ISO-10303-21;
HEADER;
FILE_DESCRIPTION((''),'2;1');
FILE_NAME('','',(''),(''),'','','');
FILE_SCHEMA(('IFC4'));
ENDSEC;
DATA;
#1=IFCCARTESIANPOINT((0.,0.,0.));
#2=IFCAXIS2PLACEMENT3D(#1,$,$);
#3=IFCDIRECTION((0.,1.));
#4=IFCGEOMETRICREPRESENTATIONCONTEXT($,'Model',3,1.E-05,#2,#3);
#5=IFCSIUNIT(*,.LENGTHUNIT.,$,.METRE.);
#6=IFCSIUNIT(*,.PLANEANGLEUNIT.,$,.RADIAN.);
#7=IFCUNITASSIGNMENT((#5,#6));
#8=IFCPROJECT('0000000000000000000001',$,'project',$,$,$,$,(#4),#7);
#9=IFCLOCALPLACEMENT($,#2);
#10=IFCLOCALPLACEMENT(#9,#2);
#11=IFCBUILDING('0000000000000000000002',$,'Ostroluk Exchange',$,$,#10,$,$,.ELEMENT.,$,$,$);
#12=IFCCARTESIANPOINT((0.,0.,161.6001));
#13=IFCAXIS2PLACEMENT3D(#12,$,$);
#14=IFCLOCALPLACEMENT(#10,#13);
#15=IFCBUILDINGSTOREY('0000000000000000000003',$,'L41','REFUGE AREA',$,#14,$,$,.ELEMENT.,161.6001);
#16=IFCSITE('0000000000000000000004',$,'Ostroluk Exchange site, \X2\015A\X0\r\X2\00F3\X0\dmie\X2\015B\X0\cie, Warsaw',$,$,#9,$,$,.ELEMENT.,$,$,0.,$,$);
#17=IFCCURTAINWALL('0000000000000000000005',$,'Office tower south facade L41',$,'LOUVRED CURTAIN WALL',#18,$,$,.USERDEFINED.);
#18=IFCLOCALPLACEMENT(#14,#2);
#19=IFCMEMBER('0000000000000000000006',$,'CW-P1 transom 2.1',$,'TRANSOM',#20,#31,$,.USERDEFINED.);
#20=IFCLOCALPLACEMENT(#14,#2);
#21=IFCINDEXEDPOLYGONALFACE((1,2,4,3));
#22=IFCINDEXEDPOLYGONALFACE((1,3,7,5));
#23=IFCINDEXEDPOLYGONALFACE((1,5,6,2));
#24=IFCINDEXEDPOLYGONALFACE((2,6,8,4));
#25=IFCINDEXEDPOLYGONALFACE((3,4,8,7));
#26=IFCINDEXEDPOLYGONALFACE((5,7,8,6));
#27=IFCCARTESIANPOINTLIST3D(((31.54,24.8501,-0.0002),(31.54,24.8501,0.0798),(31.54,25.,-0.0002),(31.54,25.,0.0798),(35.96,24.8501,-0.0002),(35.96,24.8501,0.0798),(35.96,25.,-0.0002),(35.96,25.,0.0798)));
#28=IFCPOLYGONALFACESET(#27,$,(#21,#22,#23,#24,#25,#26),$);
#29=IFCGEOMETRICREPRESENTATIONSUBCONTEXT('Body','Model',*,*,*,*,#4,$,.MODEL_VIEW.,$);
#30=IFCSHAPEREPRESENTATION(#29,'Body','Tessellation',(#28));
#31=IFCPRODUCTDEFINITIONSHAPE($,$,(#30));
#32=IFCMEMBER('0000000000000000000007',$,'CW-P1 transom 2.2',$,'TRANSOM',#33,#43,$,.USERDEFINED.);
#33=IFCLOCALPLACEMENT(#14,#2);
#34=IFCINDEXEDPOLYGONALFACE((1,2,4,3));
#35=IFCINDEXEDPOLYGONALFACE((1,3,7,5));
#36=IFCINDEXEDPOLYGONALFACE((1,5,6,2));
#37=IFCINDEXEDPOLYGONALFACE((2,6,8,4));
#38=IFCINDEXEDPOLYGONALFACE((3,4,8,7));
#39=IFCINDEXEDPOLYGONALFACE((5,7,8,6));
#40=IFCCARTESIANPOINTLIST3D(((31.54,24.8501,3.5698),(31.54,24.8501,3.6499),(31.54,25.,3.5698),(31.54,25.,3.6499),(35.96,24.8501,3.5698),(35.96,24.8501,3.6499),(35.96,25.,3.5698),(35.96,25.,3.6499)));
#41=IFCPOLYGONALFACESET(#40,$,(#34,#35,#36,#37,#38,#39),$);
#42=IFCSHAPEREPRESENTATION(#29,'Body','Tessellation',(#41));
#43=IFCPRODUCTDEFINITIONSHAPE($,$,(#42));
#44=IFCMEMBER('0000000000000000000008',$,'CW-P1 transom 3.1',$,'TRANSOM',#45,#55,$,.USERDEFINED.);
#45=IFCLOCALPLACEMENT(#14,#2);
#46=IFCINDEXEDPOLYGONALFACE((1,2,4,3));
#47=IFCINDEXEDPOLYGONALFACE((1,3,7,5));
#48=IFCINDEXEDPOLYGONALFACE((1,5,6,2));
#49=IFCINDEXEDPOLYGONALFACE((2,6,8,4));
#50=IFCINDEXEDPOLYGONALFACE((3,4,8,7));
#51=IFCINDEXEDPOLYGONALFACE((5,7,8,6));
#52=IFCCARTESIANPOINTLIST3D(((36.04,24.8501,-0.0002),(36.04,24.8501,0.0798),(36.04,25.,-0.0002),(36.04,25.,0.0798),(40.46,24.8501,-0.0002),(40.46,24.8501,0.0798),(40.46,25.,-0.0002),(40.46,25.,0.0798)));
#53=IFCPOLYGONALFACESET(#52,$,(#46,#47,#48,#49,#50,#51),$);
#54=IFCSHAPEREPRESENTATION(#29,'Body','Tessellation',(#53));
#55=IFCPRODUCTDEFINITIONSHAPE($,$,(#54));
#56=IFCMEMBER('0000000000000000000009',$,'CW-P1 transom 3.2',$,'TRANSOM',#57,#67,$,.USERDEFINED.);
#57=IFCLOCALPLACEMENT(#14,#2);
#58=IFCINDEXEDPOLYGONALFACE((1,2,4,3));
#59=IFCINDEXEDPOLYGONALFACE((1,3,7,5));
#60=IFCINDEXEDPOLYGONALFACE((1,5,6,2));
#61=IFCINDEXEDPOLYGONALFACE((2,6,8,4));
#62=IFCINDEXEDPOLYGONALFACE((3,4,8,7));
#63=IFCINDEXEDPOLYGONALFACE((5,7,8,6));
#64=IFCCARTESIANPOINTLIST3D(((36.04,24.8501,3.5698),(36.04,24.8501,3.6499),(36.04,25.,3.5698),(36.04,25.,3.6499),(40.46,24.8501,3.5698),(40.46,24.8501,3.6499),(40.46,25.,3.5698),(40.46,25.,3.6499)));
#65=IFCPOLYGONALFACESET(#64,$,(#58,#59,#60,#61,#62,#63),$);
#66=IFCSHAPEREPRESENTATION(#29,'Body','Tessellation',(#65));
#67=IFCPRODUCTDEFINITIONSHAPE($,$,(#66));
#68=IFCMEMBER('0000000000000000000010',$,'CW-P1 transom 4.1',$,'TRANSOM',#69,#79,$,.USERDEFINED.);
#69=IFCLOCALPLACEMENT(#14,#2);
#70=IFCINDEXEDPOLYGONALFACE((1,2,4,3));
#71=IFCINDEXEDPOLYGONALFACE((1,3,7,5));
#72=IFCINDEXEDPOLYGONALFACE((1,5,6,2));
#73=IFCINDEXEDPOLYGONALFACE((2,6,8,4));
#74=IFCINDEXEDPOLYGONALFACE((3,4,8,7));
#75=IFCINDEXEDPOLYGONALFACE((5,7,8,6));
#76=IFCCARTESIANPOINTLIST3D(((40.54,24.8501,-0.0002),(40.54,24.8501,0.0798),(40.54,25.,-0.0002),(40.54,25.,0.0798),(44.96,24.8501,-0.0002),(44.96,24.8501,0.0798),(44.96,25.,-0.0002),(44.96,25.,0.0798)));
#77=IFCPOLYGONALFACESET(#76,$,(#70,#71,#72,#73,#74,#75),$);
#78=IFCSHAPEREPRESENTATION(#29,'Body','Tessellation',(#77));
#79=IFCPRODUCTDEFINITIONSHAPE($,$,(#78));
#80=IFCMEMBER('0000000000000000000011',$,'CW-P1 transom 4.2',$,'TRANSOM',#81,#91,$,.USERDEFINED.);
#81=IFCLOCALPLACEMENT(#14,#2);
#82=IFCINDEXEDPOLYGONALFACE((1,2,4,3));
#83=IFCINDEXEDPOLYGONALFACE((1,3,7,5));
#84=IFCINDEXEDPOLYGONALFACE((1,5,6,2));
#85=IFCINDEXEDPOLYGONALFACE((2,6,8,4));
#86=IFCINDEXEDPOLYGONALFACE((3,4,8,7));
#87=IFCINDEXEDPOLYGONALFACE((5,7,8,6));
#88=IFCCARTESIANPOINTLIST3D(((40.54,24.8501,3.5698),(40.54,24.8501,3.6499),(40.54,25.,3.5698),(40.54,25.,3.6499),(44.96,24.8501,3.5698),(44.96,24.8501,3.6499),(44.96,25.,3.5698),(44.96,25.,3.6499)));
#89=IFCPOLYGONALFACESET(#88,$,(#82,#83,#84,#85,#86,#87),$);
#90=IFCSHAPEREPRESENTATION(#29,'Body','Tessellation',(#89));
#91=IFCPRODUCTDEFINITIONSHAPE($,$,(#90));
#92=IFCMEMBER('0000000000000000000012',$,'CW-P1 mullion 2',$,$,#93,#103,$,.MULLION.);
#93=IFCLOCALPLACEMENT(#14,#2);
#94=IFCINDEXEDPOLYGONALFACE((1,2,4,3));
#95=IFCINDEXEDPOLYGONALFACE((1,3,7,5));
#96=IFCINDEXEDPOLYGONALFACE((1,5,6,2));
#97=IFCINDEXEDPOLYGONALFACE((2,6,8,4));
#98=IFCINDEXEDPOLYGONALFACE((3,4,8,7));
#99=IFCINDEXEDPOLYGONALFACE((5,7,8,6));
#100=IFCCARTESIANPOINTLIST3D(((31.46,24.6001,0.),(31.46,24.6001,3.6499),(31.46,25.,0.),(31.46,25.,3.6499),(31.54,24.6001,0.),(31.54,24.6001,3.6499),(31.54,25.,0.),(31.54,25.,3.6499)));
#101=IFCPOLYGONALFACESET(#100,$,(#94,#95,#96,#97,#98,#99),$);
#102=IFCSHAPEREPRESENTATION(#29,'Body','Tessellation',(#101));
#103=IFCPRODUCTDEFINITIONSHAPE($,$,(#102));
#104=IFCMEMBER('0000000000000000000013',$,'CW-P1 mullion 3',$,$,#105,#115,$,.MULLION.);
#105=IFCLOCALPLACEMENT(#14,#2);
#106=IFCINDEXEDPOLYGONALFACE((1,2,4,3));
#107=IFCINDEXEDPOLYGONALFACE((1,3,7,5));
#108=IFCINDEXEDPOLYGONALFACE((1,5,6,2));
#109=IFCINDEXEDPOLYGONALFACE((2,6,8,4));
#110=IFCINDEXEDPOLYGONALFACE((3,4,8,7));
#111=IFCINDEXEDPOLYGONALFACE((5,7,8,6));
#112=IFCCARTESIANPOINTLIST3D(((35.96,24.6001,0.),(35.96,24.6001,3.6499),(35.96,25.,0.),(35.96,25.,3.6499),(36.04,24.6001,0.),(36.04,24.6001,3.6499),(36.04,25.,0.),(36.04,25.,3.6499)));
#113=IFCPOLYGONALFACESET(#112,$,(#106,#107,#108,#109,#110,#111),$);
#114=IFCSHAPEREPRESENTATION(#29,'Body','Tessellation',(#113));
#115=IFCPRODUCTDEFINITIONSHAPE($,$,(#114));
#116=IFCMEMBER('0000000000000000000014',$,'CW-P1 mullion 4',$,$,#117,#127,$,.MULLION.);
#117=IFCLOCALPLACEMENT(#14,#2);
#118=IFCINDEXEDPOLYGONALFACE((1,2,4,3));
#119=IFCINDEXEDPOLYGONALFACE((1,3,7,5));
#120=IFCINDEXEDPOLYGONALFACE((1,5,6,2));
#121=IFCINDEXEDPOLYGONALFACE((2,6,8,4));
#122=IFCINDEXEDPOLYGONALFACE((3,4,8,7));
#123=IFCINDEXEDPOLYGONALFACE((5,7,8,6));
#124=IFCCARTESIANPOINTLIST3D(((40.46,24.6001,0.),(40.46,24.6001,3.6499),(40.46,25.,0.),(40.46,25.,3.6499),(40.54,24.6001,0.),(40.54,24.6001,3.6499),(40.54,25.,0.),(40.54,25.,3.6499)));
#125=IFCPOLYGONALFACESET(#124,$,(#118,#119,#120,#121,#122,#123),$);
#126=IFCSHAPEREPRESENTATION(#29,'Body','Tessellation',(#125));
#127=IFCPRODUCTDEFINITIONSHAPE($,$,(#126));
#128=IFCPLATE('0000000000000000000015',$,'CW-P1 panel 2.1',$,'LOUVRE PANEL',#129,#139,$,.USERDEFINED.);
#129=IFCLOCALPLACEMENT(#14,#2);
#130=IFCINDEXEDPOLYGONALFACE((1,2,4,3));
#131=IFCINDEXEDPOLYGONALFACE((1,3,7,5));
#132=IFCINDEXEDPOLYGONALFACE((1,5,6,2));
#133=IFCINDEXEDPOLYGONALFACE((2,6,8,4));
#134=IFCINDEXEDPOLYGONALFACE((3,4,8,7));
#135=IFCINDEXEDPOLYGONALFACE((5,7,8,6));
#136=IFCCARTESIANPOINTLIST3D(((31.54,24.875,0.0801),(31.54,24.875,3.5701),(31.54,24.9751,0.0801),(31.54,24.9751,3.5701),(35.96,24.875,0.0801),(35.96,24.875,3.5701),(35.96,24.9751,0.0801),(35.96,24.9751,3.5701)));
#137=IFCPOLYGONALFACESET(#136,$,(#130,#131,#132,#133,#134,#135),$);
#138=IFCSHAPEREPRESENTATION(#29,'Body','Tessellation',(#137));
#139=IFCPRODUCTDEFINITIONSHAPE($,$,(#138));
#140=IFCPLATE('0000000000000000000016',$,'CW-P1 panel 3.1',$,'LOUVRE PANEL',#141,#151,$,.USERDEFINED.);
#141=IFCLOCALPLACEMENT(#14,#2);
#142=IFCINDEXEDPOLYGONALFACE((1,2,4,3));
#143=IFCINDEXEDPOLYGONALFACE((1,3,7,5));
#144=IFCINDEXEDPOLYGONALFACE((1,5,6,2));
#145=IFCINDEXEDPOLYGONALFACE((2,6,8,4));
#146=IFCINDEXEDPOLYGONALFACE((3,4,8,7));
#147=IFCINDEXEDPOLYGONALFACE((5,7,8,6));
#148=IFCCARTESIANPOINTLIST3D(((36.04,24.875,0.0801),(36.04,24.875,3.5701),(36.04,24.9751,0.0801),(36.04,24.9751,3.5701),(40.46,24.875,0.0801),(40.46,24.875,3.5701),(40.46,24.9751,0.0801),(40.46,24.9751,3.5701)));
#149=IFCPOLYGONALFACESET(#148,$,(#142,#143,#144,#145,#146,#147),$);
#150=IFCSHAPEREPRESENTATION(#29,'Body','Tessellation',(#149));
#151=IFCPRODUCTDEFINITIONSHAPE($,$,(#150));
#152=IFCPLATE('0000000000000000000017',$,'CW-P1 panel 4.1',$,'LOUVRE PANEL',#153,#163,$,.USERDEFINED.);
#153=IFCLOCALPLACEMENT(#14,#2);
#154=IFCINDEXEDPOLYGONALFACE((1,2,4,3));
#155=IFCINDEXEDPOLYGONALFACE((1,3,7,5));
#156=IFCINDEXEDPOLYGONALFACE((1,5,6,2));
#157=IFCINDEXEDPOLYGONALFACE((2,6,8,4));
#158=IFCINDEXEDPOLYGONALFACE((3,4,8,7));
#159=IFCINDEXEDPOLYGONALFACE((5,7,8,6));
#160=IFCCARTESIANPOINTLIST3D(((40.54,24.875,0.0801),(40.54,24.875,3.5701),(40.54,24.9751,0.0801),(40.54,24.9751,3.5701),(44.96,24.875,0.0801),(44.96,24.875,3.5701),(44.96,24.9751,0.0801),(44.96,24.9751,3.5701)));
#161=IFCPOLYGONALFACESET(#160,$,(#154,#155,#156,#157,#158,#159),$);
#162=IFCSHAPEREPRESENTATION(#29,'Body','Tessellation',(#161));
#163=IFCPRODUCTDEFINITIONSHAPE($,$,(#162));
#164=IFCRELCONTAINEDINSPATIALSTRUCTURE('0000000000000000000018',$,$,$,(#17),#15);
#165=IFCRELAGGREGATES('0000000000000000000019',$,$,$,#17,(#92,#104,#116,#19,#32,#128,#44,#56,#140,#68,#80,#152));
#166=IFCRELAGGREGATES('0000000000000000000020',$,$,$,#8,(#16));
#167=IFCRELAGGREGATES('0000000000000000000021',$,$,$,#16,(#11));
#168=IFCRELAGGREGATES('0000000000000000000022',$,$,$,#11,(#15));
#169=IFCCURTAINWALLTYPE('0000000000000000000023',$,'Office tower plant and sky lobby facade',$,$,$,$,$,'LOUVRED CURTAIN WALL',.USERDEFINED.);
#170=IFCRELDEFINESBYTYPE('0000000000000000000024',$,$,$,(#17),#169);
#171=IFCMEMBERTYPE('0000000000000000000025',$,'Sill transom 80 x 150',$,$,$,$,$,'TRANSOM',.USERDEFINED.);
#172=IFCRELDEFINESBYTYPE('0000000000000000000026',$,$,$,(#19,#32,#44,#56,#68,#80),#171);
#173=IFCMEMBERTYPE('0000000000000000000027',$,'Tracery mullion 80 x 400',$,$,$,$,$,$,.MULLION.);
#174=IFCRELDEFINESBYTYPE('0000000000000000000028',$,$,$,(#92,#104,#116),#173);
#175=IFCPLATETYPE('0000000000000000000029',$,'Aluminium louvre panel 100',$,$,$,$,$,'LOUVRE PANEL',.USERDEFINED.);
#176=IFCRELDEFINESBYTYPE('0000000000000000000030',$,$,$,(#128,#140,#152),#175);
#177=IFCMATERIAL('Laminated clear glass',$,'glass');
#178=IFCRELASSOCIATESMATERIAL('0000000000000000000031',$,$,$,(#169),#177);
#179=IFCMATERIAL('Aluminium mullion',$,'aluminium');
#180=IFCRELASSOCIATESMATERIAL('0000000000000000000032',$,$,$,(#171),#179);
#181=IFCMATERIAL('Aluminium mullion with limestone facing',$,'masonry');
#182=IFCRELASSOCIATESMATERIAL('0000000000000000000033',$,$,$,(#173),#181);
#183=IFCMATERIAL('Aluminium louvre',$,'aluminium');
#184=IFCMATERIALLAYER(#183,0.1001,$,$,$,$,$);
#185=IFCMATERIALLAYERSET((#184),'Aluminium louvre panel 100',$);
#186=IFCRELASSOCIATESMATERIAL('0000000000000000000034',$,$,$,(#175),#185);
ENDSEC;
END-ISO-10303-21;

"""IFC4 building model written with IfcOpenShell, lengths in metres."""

from ifc_helpers import new_model, si_unit, direction, frame, origin, origin_2d, place, context, subcontext, project, spatial, rectangle, extrude, material, layer, layer_set, material_profile, profile_set, type_object, element, aggregate, save


model = new_model("IFC4")

# Units and contexts
model_context = context("Model", 3, precision=1e-05, world=origin(), true_north=direction((0.0, 1.0)))
body_context = subcontext(model_context, "Body", "Model", "MODEL_VIEW")
ifc_project = project(units=[si_unit("LENGTHUNIT", "METRE"), si_unit("PLANEANGLEUNIT", "RADIAN")], contexts=[model_context])

# Site, building, storey
site_placement = place(None, origin())
site = spatial("IfcSite", under=ifc_project, at=site_placement, Name="Ostroluk Exchange site, Śródmieście, Warsaw", CompositionType="ELEMENT", RefElevation=0.0)
building_placement = place(site_placement, origin())
building = spatial("IfcBuilding", under=site, at=building_placement, Name="Ostroluk Exchange", CompositionType="ELEMENT")
storey_placement = place(building_placement, frame((0.0, 0.0, 161.6001)))
storey = spatial("IfcBuildingStorey", under=building, at=storey_placement, Name="L41", Description="REFUGE AREA", CompositionType="ELEMENT", Elevation=161.6001)

# Curtain wall, members, plates
ifc_material_1 = material(Name="Laminated clear glass", Category="glass")
curtain_wall_type = type_object("IfcCurtainWallType", Name="Office tower plant and sky lobby facade", ElementType="LOUVRED CURTAIN WALL", PredefinedType="USERDEFINED", material=ifc_material_1)
curtain_wall_placement = place(storey_placement, origin())
curtain_wall = element("IfcCurtainWall", 1, at=curtain_wall_placement, inside=storey, type_object=curtain_wall_type, Name="Office tower south facade L41", ObjectType="LOUVRED CURTAIN WALL", PredefinedType="USERDEFINED")
ifc_material_2 = material(Name="Aluminium mullion", Category="aluminium")
ifc_material_profile_1 = material_profile(ifc_material_2, rectangle(XDim=0.1499, YDim=0.0801, at=origin_2d()), Name="Sill transom 80 x 150")
ifc_profile_set_1 = profile_set([ifc_material_profile_1], Name="Aluminium mullion")
member_type_1 = type_object("IfcMemberType", Name="Sill transom 80 x 150", ElementType="TRANSOM", PredefinedType="USERDEFINED", material=ifc_profile_set_1)
member_1_placement = place(storey_placement, frame((31.54, 24.925, 0.0398), z_axis=(1.0, 0.0, 0.0), x_axis=(0.0, 1.0, 0.0)))
member_1 = element("IfcMember", 2, at=member_1_placement, type_object=member_type_1, Name="CW-P1 transom 2.1", ObjectType="TRANSOM", PredefinedType="USERDEFINED", context=body_context, shape_type="SweptSolid", body=[
    extrude(rectangle(XDim=0.1499, YDim=0.0801, at=origin_2d()), origin(), (0.0, 0.0, 1.0), 4.4199),
])
member_2_placement = place(storey_placement, frame((31.54, 24.925, 3.6099), z_axis=(1.0, 0.0, 0.0), x_axis=(0.0, 1.0, 0.0)))
member_2 = element("IfcMember", 3, at=member_2_placement, type_object=member_type_1, Name="CW-P1 transom 2.2", ObjectType="TRANSOM", PredefinedType="USERDEFINED", context=body_context, shape_type="SweptSolid", body=[
    extrude(rectangle(XDim=0.1499, YDim=0.0801, at=origin_2d()), origin(), (0.0, 0.0, 1.0), 4.4199),
])
member_3_placement = place(storey_placement, frame((36.04, 24.925, 0.0398), z_axis=(1.0, 0.0, 0.0), x_axis=(0.0, 1.0, 0.0)))
member_3 = element("IfcMember", 4, at=member_3_placement, type_object=member_type_1, Name="CW-P1 transom 3.1", ObjectType="TRANSOM", PredefinedType="USERDEFINED", context=body_context, shape_type="SweptSolid", body=[
    extrude(rectangle(XDim=0.1499, YDim=0.0801, at=origin_2d()), origin(), (0.0, 0.0, 1.0), 4.4199),
])
member_4_placement = place(storey_placement, frame((36.04, 24.925, 3.6099), z_axis=(1.0, 0.0, 0.0), x_axis=(0.0, 1.0, 0.0)))
member_4 = element("IfcMember", 5, at=member_4_placement, type_object=member_type_1, Name="CW-P1 transom 3.2", ObjectType="TRANSOM", PredefinedType="USERDEFINED", context=body_context, shape_type="SweptSolid", body=[
    extrude(rectangle(XDim=0.1499, YDim=0.0801, at=origin_2d()), origin(), (0.0, 0.0, 1.0), 4.4199),
])
member_5_placement = place(storey_placement, frame((40.54, 24.925, 0.0398), z_axis=(1.0, 0.0, 0.0), x_axis=(0.0, 1.0, 0.0)))
member_5 = element("IfcMember", 6, at=member_5_placement, type_object=member_type_1, Name="CW-P1 transom 4.1", ObjectType="TRANSOM", PredefinedType="USERDEFINED", context=body_context, shape_type="SweptSolid", body=[
    extrude(rectangle(XDim=0.1499, YDim=0.0801, at=origin_2d()), origin(), (0.0, 0.0, 1.0), 4.4199),
])
member_6_placement = place(storey_placement, frame((40.54, 24.925, 3.6099), z_axis=(1.0, 0.0, 0.0), x_axis=(0.0, 1.0, 0.0)))
member_6 = element("IfcMember", 7, at=member_6_placement, type_object=member_type_1, Name="CW-P1 transom 4.2", ObjectType="TRANSOM", PredefinedType="USERDEFINED", context=body_context, shape_type="SweptSolid", body=[
    extrude(rectangle(XDim=0.1499, YDim=0.0801, at=origin_2d()), origin(), (0.0, 0.0, 1.0), 4.4199),
])
ifc_material_3 = material(Name="Aluminium mullion with limestone facing", Category="masonry")
ifc_material_profile_2 = material_profile(ifc_material_3, rectangle(XDim=0.3999, YDim=0.0801, at=origin_2d()), Name="Tracery mullion 80 x 400")
ifc_profile_set_2 = profile_set([ifc_material_profile_2], Name="Aluminium mullion with limestone facing")
member_type_2 = type_object("IfcMemberType", Name="Tracery mullion 80 x 400", PredefinedType="MULLION", material=ifc_profile_set_2)
member_7_placement = place(storey_placement, frame((31.5, 24.8, 0.0), z_axis=(0.0, 0.0, 1.0), x_axis=(0.0, 1.0, 0.0)))
member_7 = element("IfcMember", 8, at=member_7_placement, type_object=member_type_2, Name="CW-P1 mullion 2", PredefinedType="MULLION", context=body_context, shape_type="SweptSolid", body=[
    extrude(rectangle(XDim=0.3999, YDim=0.0801, at=origin_2d()), origin(), (0.0, 0.0, 1.0), 3.6499),
])
member_8_placement = place(storey_placement, frame((36.0, 24.8, 0.0), z_axis=(0.0, 0.0, 1.0), x_axis=(0.0, 1.0, 0.0)))
member_8 = element("IfcMember", 9, at=member_8_placement, type_object=member_type_2, Name="CW-P1 mullion 3", PredefinedType="MULLION", context=body_context, shape_type="SweptSolid", body=[
    extrude(rectangle(XDim=0.3999, YDim=0.0801, at=origin_2d()), origin(), (0.0, 0.0, 1.0), 3.6499),
])
member_9_placement = place(storey_placement, frame((40.5, 24.8, 0.0), z_axis=(0.0, 0.0, 1.0), x_axis=(0.0, 1.0, 0.0)))
member_9 = element("IfcMember", 10, at=member_9_placement, type_object=member_type_2, Name="CW-P1 mullion 4", PredefinedType="MULLION", context=body_context, shape_type="SweptSolid", body=[
    extrude(rectangle(XDim=0.3999, YDim=0.0801, at=origin_2d()), origin(), (0.0, 0.0, 1.0), 3.6499),
])
ifc_material_4 = material(Name="Aluminium louvre", Category="aluminium")
ifc_layer_1 = layer(ifc_material_4, 0.1001)
ifc_layer_set_1 = layer_set([ifc_layer_1], Name="Aluminium louvre panel 100")
plate_type = type_object("IfcPlateType", Name="Aluminium louvre panel 100", ElementType="LOUVRE PANEL", PredefinedType="USERDEFINED", material=ifc_layer_set_1)
plate_1_placement = place(storey_placement, frame((33.75, 24.925, 0.0801), z_axis=(0.0, 0.0, 1.0), x_axis=(1.0, 0.0, 0.0)))
plate_1 = element("IfcPlate", 11, at=plate_1_placement, type_object=plate_type, Name="CW-P1 panel 2.1", ObjectType="LOUVRE PANEL", PredefinedType="USERDEFINED", context=body_context, shape_type="SweptSolid", body=[
    extrude(rectangle(XDim=4.4199, YDim=0.1001, at=origin_2d()), origin(), (0.0, 0.0, 1.0), 3.49),
])
plate_2_placement = place(storey_placement, frame((38.25, 24.925, 0.0801), z_axis=(0.0, 0.0, 1.0), x_axis=(1.0, 0.0, 0.0)))
plate_2 = element("IfcPlate", 12, at=plate_2_placement, type_object=plate_type, Name="CW-P1 panel 3.1", ObjectType="LOUVRE PANEL", PredefinedType="USERDEFINED", context=body_context, shape_type="SweptSolid", body=[
    extrude(rectangle(XDim=4.4199, YDim=0.1001, at=origin_2d()), origin(), (0.0, 0.0, 1.0), 3.49),
])
plate_3_placement = place(storey_placement, frame((42.75, 24.925, 0.0801), z_axis=(0.0, 0.0, 1.0), x_axis=(1.0, 0.0, 0.0)))
plate_3 = element("IfcPlate", 13, at=plate_3_placement, type_object=plate_type, Name="CW-P1 panel 4.1", ObjectType="LOUVRE PANEL", PredefinedType="USERDEFINED", context=body_context, shape_type="SweptSolid", body=[
    extrude(rectangle(XDim=4.4199, YDim=0.1001, at=origin_2d()), origin(), (0.0, 0.0, 1.0), 3.49),
])
aggregate(curtain_wall, [member_7, member_8, member_9, member_1, member_2, plate_1, member_3, member_4, plate_2, member_5, member_6, plate_3])

save(model, "model.ifc")
